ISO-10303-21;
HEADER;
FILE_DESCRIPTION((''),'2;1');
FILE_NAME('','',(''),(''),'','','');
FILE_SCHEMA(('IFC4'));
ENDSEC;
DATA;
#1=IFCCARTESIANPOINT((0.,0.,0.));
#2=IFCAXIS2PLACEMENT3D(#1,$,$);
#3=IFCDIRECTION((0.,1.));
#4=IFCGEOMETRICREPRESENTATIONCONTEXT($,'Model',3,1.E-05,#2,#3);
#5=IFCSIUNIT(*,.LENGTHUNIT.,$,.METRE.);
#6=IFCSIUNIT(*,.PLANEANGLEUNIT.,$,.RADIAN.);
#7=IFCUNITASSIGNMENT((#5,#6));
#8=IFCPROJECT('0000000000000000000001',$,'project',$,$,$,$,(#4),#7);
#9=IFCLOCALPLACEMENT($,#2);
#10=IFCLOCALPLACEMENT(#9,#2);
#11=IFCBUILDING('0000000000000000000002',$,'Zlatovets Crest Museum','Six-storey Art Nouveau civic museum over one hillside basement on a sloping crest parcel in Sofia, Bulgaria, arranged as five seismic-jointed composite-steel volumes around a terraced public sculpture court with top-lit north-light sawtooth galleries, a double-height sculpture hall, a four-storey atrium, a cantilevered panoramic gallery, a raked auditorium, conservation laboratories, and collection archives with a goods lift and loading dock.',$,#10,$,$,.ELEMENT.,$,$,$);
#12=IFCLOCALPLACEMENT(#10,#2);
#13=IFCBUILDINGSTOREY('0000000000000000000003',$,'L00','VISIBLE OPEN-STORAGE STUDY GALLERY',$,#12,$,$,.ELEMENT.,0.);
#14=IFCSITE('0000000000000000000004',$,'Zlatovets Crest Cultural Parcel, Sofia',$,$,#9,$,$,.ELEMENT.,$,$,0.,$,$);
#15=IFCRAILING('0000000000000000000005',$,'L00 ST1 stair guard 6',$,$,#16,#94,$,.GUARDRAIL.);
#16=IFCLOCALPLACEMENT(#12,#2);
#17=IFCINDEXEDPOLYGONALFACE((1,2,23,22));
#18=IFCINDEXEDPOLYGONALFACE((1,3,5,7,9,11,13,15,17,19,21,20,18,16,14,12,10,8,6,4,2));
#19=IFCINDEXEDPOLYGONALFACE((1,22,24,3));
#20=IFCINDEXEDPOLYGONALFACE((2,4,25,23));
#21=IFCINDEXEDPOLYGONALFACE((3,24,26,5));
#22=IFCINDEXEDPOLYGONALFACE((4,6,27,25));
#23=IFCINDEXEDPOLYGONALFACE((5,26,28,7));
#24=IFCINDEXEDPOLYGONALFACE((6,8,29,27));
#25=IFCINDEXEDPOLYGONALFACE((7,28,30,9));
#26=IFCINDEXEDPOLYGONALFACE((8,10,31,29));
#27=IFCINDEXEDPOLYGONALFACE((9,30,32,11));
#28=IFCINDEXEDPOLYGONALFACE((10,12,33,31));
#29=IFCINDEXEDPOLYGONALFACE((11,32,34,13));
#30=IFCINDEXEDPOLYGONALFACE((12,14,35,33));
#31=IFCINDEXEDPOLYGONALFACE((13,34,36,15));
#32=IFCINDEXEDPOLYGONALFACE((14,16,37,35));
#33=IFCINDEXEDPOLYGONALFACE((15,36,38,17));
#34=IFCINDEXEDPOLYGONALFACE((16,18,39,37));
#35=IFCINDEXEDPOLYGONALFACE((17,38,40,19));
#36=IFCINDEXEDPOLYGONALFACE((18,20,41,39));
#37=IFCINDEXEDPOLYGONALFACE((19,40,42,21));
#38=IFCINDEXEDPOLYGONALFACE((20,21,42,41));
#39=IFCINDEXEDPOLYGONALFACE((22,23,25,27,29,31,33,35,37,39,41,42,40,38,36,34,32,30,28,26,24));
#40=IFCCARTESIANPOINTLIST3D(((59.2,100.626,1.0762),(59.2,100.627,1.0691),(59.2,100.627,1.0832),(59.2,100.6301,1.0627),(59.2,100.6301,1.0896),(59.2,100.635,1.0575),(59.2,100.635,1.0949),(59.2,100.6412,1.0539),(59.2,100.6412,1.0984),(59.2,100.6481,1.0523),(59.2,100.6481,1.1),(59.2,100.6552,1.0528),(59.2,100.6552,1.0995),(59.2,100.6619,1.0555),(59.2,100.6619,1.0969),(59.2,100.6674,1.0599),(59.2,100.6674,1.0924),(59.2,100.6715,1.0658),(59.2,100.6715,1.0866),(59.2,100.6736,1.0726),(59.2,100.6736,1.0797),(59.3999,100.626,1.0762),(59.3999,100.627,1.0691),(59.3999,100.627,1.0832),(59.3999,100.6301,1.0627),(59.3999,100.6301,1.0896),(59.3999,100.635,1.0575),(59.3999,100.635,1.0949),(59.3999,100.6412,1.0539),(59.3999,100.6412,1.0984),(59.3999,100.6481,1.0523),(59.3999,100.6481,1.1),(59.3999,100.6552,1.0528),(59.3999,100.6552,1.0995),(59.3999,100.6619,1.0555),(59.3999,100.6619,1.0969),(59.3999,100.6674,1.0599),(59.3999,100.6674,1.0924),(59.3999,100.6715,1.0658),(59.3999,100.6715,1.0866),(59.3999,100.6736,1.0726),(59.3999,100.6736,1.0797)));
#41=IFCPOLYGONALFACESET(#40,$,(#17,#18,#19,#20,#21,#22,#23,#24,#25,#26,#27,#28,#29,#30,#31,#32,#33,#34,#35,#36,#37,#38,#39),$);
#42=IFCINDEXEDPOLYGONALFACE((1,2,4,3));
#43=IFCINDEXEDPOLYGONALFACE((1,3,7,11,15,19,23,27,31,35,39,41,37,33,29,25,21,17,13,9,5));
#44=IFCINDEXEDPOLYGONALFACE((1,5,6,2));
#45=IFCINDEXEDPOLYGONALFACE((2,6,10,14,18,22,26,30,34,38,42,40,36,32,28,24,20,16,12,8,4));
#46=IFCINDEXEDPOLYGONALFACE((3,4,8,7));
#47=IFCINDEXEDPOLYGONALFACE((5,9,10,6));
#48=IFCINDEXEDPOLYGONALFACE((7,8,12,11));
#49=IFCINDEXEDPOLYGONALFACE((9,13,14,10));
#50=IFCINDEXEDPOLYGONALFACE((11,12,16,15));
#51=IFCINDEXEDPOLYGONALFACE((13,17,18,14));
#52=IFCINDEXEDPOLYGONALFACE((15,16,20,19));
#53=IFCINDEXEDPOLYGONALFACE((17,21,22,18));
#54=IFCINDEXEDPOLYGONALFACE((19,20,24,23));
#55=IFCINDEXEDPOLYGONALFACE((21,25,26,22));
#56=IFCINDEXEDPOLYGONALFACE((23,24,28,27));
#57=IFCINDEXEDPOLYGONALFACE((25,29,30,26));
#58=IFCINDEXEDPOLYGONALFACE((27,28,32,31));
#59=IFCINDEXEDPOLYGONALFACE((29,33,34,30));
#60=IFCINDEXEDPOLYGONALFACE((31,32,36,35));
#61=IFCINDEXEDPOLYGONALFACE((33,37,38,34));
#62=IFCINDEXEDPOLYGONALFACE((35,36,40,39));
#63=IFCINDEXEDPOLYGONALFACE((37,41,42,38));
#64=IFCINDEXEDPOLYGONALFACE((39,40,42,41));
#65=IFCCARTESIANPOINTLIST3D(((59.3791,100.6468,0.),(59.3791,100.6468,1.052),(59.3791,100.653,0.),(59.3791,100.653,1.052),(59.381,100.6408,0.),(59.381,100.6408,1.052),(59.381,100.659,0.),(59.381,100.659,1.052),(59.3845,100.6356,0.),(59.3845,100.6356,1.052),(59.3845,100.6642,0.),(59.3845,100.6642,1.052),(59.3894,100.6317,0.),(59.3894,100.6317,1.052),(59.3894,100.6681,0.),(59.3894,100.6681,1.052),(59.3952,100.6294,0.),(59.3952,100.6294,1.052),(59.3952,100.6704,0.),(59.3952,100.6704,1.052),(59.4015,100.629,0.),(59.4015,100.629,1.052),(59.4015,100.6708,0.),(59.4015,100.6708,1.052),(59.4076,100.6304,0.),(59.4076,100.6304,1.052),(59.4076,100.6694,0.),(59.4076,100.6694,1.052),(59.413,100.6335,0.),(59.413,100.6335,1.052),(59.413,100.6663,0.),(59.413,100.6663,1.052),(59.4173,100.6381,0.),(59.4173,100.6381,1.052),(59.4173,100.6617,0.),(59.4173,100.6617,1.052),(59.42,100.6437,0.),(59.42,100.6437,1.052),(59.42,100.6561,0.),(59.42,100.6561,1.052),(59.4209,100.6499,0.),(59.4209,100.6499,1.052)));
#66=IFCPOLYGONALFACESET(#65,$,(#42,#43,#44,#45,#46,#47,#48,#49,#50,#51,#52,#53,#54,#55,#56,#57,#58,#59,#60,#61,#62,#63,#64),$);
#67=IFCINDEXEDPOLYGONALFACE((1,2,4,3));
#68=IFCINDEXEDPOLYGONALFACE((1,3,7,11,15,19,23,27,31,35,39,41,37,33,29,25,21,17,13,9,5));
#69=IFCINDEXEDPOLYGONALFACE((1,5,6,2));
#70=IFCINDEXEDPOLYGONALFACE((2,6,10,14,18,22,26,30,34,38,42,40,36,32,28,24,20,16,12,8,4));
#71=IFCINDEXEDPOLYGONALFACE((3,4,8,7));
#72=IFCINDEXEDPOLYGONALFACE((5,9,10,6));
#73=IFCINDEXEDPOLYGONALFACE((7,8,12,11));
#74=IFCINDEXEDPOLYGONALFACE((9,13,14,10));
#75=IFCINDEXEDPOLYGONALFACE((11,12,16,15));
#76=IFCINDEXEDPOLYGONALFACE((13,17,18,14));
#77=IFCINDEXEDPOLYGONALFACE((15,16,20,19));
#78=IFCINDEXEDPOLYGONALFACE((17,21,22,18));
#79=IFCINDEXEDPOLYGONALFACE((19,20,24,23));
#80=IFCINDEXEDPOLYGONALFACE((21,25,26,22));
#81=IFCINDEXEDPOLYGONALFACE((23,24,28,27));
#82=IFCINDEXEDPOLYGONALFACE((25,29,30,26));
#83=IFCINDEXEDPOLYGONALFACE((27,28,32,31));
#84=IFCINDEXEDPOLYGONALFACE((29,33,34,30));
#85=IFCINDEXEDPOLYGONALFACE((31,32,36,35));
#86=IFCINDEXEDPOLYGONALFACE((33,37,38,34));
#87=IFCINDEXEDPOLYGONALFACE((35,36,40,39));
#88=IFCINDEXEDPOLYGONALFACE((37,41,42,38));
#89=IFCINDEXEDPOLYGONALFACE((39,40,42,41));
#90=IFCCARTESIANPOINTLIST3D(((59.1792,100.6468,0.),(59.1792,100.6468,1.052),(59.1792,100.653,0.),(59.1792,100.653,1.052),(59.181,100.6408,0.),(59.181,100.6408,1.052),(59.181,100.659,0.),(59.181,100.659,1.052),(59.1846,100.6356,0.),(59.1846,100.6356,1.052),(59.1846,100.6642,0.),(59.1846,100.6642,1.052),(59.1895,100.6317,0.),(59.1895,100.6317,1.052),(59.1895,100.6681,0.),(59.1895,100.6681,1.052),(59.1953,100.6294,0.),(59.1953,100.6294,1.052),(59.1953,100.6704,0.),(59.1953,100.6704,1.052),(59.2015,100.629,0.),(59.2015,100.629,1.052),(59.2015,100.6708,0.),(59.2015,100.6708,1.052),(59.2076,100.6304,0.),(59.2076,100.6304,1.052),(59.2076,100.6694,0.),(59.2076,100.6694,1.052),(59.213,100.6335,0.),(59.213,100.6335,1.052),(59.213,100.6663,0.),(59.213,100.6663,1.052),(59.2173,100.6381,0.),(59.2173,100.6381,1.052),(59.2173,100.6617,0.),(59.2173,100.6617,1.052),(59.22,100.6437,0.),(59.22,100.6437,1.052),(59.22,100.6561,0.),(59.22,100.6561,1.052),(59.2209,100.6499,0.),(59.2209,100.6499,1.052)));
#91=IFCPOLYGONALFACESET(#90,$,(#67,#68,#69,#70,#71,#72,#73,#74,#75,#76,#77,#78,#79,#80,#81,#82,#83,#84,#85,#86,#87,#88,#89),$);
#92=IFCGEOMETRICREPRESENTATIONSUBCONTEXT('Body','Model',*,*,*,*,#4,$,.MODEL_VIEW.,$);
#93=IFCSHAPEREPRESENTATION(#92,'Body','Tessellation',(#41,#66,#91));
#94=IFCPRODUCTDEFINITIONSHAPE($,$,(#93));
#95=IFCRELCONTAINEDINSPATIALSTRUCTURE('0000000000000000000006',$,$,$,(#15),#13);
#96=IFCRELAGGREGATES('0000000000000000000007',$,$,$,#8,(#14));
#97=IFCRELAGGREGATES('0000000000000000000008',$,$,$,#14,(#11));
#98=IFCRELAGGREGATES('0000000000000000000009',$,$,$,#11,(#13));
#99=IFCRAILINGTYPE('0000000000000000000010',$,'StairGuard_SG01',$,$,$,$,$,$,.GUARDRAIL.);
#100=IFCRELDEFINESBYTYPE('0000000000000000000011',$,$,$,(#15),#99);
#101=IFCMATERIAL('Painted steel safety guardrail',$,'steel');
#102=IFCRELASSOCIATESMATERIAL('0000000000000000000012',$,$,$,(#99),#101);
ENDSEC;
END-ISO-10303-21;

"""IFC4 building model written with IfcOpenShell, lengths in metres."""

from ifc_helpers import new_model, si_unit, direction, frame, origin, origin_2d, place, context, subcontext, project, spatial, circle, extrude, material, type_object, element, save


model = new_model("IFC4")

# Units and contexts
model_context = context("Model", 3, precision=1e-05, world=origin(), true_north=direction((0.0, 1.0)))
body_context = subcontext(model_context, "Body", "Model", "MODEL_VIEW")
ifc_project = project(units=[si_unit("LENGTHUNIT", "METRE"), si_unit("PLANEANGLEUNIT", "RADIAN")], contexts=[model_context])

# Site, building, storey
site_placement = place(None, origin())
site = spatial("IfcSite", under=ifc_project, at=site_placement, Name="Zlatovets Crest Cultural Parcel, Sofia", CompositionType="ELEMENT", RefElevation=0.0)
building_placement = place(site_placement, origin())
building = spatial("IfcBuilding", under=site, at=building_placement, Name="Zlatovets Crest Museum", Description="Six-storey Art Nouveau civic museum over one hillside basement on a sloping crest parcel in Sofia, Bulgaria, arranged as five seismic-jointed composite-steel volumes around a terraced public sculpture court with top-lit north-light sawtooth galleries, a double-height sculpture hall, a four-storey atrium, a cantilevered panoramic gallery, a raked auditorium, conservation laboratories, and collection archives with a goods lift and loading dock.", CompositionType="ELEMENT")
storey_placement = place(building_placement, origin())
storey = spatial("IfcBuildingStorey", under=building, at=storey_placement, Name="L00", Description="VISIBLE OPEN-STORAGE STUDY GALLERY", CompositionType="ELEMENT", Elevation=0.0)

# Railing
ifc_material_1 = material(Name="Painted steel safety guardrail", Category="steel")
railing_type_1 = type_object("IfcRailingType", Name="StairGuard_SG01", PredefinedType="GUARDRAIL", material=ifc_material_1)
railing_1_placement = place(storey_placement, frame((59.3999, 100.6499, 0.0)))
element("IfcRailing", 1, at=railing_1_placement, inside=storey, type_object=railing_type_1, Name="L00 ST1 stair guard 6", PredefinedType="GUARDRAIL", context=body_context, shape_type="SweptSolid", body=[
    extrude(circle(Radius=0.0239, at=origin_2d()), frame((0.0, 0.0, 1.0762), z_axis=(-1.0, 0.0, 0.0), x_axis=(0.0, -1.0, 0.0)), (0.0, 0.0, 1.0), 0.2),
    extrude(circle(Radius=0.021, at=origin_2d()), origin(), (0.0, 0.0, 1.0), 1.052),
    extrude(circle(Radius=0.021, at=origin_2d()), frame((-0.2, 0.0, 0.0)), (0.0, 0.0, 1.0), 1.052),
])

save(model, "model.ifc")
